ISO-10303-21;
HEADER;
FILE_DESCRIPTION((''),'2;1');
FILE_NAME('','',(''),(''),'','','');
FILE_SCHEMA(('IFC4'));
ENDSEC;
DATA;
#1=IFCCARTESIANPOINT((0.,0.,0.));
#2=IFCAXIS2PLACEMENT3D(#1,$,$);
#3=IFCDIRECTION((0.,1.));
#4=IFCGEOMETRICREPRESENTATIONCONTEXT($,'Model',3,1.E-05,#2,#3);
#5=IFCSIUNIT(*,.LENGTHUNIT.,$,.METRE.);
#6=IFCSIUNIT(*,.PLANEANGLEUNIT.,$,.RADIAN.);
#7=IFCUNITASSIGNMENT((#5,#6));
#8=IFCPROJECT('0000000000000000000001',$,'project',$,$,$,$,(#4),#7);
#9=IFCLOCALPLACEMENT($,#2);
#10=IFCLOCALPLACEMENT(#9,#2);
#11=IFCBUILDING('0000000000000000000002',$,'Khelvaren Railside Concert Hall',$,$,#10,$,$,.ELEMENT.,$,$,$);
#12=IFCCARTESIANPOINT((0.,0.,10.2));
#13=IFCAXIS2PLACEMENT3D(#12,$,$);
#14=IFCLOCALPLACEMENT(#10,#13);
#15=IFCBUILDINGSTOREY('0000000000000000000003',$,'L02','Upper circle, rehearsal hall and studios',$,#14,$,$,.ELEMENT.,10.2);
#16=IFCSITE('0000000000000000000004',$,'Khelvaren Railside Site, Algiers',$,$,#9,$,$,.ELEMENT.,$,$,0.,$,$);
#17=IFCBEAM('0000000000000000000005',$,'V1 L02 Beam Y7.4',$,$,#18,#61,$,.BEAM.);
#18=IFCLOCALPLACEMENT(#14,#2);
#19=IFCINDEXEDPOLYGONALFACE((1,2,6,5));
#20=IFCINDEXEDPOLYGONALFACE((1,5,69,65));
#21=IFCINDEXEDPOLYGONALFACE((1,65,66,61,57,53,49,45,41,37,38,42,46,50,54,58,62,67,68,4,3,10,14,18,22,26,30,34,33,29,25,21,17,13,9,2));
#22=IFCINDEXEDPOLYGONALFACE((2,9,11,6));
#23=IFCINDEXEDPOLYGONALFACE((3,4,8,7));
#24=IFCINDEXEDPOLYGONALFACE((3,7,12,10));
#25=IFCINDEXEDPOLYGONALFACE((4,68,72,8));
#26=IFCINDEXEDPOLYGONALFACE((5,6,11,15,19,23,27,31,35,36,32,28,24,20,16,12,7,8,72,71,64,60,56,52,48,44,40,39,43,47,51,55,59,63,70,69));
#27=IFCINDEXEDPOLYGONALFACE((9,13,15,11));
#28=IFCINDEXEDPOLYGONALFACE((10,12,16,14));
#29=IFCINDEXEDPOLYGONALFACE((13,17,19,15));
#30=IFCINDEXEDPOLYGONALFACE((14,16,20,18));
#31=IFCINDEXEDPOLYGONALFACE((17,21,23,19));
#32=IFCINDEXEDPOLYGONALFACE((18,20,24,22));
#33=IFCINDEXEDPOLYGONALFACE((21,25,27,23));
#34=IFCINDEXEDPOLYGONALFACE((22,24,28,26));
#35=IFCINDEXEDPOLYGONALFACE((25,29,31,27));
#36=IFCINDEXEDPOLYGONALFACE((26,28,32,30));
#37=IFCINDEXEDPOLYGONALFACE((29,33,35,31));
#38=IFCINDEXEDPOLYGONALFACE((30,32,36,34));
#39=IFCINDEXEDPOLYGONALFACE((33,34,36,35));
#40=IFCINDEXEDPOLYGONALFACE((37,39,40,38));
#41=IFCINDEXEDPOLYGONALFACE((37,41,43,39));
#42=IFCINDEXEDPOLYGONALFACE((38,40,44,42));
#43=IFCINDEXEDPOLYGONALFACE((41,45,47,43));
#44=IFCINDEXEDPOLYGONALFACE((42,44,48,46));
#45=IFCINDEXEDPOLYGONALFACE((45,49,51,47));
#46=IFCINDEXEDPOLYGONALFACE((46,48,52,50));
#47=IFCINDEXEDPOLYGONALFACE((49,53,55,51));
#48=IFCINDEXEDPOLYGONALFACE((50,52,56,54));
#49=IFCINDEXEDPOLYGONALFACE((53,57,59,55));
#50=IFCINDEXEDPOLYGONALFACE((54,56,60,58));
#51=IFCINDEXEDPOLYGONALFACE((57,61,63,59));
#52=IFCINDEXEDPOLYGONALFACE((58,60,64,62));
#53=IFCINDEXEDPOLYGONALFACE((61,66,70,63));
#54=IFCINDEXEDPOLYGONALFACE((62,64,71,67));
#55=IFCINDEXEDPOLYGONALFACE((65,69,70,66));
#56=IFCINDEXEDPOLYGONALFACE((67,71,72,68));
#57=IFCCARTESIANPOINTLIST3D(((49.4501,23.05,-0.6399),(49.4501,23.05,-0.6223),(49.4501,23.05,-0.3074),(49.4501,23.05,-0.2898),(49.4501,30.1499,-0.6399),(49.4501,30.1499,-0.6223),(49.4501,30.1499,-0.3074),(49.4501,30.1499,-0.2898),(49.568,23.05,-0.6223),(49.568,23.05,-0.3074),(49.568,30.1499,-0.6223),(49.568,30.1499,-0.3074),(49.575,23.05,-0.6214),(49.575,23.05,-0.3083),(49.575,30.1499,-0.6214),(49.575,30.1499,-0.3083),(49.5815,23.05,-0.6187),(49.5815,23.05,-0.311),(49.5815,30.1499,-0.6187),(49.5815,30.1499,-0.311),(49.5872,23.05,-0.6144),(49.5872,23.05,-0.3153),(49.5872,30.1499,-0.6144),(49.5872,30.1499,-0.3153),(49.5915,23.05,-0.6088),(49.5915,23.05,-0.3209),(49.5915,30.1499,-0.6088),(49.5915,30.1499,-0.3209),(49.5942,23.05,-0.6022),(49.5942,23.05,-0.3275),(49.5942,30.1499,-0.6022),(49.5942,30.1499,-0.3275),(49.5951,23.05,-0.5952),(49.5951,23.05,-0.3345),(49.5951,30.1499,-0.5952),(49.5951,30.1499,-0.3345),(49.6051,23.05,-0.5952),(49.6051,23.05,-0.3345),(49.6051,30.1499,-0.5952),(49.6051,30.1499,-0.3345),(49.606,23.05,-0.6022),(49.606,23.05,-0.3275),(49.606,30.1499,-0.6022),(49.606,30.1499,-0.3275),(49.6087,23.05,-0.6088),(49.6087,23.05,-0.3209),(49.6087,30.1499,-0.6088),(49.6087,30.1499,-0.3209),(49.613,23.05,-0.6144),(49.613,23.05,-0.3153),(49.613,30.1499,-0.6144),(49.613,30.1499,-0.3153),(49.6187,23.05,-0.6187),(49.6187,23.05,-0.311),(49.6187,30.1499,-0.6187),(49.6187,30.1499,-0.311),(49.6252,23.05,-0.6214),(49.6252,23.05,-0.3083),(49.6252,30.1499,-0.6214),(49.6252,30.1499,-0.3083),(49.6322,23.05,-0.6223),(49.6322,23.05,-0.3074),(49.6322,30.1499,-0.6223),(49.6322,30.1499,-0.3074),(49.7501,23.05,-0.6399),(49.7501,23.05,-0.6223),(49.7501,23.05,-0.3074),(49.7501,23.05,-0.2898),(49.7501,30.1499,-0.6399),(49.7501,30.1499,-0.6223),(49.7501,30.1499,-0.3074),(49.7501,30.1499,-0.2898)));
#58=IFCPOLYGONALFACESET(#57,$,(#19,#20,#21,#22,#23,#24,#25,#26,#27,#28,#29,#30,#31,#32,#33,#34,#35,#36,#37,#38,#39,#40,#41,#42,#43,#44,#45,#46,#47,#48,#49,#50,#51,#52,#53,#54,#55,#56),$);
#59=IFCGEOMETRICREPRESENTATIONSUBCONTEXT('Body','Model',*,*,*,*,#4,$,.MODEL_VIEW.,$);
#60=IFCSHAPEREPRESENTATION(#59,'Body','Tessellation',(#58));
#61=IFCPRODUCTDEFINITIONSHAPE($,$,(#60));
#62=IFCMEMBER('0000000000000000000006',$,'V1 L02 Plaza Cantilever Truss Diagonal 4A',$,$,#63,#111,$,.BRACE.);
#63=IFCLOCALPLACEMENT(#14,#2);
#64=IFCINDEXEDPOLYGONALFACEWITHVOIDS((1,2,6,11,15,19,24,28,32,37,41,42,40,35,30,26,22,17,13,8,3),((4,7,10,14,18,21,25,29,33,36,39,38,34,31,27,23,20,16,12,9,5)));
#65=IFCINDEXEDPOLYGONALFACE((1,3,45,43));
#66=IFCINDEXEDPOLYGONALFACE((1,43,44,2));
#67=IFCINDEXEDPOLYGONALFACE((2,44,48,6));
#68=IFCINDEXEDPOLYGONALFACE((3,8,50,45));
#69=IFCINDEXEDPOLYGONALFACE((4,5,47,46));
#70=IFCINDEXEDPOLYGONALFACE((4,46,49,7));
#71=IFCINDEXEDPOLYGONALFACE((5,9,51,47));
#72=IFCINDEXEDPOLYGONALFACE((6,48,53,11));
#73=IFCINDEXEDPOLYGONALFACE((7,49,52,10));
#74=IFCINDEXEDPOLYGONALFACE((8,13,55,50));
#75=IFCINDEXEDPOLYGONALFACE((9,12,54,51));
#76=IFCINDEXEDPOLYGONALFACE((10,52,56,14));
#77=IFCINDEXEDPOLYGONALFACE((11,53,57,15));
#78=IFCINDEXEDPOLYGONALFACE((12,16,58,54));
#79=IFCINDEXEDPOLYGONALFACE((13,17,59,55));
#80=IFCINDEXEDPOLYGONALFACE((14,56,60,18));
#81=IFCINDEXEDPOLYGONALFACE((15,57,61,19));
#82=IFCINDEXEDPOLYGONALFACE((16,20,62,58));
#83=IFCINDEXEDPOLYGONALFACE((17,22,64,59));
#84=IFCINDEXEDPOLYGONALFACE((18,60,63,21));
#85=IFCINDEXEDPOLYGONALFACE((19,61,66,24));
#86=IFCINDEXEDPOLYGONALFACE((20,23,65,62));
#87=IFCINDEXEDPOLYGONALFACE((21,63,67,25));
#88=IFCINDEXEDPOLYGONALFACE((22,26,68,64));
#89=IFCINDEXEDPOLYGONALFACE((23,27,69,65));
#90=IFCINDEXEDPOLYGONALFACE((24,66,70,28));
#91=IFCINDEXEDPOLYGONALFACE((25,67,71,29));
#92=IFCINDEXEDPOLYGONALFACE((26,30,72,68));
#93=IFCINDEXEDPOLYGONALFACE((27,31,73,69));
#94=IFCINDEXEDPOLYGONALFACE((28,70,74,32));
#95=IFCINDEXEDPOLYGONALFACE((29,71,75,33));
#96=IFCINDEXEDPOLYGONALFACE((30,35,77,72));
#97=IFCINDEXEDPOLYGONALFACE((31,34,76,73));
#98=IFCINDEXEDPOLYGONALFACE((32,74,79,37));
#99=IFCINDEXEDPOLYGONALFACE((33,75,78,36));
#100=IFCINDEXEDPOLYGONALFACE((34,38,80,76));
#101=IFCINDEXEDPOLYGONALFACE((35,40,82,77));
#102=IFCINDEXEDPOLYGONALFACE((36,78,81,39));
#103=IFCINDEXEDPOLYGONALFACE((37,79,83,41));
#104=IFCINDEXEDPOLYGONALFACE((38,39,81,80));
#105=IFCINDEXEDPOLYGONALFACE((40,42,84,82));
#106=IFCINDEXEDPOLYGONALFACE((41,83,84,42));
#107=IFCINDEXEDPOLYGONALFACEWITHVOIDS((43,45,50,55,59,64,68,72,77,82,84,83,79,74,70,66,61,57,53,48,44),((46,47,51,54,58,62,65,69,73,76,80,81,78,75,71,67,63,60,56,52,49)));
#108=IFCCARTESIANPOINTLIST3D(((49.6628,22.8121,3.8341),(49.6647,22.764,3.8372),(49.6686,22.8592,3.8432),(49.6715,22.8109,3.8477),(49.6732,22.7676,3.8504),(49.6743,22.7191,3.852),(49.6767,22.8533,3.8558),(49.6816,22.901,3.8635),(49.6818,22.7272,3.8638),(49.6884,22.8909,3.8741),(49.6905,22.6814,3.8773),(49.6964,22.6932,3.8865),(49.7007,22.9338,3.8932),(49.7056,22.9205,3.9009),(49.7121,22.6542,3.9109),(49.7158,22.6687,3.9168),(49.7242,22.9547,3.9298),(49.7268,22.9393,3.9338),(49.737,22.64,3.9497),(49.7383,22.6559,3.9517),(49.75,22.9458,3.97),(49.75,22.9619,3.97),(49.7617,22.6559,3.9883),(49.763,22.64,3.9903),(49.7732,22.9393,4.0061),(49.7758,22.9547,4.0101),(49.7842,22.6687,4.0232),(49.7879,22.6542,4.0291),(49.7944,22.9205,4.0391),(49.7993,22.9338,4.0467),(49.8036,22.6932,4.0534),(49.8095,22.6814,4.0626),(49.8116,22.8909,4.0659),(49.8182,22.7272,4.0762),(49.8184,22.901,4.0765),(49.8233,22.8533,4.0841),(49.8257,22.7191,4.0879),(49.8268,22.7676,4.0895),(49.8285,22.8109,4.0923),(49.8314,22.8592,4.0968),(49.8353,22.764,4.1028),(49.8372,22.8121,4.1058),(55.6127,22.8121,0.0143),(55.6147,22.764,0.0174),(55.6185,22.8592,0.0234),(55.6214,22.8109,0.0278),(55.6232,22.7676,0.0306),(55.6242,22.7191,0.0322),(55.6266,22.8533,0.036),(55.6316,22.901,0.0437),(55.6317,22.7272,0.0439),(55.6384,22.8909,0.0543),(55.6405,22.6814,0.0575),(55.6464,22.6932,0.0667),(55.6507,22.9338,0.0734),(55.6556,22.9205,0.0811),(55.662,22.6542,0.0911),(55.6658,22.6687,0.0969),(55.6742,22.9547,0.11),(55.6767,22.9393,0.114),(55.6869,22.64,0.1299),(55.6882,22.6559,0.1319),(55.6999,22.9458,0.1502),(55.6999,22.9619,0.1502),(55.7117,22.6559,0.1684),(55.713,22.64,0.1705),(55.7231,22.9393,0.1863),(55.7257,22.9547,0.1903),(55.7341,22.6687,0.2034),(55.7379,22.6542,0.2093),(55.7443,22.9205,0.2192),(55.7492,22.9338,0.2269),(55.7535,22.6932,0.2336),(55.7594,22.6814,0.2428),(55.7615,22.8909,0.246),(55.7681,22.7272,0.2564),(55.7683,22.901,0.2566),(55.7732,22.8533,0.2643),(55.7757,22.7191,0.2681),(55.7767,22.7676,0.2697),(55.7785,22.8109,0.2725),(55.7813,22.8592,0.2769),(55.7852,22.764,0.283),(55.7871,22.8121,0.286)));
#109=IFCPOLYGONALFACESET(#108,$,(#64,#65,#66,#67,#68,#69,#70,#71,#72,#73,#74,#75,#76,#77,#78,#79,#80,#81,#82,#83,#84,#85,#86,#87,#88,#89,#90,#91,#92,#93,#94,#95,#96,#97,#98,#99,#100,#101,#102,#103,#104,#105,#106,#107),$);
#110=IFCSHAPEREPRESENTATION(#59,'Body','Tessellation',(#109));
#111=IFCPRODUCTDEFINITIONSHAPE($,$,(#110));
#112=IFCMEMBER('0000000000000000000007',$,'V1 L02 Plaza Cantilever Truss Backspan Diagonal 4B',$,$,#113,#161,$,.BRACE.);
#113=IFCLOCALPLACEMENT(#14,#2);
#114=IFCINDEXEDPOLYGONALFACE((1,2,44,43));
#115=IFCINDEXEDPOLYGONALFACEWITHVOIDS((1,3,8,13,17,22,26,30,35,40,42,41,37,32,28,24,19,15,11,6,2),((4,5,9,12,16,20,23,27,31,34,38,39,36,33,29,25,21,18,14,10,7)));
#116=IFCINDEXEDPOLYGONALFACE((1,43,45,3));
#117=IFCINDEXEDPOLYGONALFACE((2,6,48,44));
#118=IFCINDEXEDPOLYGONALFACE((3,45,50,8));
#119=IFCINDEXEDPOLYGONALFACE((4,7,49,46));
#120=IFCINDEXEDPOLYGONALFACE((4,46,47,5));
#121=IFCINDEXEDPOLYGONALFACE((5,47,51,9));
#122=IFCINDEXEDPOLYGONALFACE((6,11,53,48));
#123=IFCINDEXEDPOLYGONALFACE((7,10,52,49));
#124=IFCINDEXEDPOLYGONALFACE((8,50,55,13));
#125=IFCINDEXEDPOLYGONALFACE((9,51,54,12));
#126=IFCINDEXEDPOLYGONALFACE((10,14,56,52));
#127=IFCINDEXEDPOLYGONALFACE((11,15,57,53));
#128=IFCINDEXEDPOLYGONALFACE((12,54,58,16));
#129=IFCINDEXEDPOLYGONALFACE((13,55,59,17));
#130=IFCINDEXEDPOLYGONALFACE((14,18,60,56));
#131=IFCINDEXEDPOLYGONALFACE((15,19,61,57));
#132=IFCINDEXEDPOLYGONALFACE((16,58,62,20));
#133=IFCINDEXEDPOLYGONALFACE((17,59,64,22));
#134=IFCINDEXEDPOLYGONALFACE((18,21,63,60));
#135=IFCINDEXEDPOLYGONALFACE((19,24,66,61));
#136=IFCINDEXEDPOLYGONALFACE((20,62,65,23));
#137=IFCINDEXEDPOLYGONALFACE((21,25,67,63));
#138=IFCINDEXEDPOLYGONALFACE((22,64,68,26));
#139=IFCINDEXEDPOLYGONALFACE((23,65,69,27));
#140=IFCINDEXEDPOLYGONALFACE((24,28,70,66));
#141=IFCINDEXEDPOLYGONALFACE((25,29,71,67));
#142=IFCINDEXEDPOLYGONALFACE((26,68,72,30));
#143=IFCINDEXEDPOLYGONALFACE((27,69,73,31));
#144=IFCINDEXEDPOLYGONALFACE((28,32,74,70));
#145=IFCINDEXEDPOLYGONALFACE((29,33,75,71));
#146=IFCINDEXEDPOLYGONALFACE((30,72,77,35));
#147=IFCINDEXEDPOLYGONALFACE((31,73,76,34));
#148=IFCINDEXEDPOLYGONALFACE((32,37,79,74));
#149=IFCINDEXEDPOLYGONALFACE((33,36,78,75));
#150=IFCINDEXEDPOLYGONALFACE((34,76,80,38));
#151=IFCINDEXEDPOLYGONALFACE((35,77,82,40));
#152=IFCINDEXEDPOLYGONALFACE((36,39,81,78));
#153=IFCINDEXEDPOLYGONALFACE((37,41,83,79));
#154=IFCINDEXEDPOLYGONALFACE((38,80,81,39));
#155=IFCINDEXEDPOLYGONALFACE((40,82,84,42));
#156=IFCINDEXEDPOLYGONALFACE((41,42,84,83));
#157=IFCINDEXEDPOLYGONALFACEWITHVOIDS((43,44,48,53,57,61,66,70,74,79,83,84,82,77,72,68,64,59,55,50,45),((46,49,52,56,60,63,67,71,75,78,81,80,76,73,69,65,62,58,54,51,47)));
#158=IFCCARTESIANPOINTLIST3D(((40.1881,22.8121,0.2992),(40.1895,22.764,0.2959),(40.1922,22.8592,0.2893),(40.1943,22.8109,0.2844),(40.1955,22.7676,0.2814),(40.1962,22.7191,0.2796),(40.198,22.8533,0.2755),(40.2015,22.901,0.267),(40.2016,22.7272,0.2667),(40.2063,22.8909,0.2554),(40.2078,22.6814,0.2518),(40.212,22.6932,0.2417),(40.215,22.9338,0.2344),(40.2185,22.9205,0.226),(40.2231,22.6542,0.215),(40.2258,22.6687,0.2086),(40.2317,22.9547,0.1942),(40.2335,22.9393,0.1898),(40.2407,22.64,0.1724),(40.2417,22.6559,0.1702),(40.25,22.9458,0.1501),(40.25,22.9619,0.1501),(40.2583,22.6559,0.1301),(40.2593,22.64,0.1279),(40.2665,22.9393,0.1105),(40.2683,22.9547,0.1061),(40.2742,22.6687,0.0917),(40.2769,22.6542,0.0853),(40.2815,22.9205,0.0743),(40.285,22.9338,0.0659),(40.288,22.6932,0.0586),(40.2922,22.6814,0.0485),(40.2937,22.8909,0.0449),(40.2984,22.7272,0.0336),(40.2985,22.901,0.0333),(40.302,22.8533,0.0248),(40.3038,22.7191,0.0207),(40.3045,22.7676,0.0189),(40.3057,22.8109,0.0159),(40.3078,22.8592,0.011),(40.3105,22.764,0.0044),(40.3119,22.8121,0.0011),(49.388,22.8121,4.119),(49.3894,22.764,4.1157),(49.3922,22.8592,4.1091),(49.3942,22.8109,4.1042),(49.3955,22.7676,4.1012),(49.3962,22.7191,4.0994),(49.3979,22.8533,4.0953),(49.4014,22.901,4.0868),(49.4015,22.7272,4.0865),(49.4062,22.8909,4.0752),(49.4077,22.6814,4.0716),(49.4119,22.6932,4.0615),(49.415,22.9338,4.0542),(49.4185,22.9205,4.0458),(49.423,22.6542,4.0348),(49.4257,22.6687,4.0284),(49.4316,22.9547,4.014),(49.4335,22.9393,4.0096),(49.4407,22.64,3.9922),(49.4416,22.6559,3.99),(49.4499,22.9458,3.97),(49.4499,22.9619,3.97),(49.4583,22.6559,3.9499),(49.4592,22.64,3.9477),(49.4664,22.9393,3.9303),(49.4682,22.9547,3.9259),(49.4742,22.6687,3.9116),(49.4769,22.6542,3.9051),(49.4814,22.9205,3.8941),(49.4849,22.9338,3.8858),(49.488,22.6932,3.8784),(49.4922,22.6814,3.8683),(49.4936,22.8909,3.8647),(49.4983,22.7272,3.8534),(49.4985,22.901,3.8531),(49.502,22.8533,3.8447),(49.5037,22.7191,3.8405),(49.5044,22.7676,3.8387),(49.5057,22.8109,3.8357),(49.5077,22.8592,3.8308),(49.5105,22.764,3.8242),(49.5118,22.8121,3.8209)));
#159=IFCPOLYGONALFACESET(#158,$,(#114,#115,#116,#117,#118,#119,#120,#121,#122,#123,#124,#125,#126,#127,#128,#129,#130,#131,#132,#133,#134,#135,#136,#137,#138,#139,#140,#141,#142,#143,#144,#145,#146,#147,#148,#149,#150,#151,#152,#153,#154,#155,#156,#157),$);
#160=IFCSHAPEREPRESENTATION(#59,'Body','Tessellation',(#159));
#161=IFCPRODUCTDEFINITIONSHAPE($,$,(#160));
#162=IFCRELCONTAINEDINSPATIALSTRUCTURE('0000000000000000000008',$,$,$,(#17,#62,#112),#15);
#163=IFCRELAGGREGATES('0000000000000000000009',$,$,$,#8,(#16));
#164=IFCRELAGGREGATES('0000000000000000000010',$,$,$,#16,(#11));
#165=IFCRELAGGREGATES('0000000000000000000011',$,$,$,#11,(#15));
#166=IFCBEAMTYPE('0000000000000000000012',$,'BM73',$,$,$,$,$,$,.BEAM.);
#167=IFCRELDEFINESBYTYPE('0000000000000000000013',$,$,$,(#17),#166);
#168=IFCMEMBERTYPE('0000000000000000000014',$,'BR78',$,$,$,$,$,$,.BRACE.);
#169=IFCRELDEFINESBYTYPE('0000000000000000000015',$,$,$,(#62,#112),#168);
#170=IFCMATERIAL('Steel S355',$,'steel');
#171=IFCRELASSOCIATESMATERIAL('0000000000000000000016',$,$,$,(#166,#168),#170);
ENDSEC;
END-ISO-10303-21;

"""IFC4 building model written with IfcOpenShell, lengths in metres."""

from ifc_helpers import new_model, si_unit, direction, frame, origin, origin_2d, place, context, subcontext, project, spatial, hollow_circle, i_section, extrude, material, material_profile, profile_set, type_object, element, save


model = new_model("IFC4")

# Units and contexts
model_context = context("Model", 3, precision=1e-05, world=origin(), true_north=direction((0.0, 1.0)))
body_context = subcontext(model_context, "Body", "Model", "MODEL_VIEW")
ifc_project = project(units=[si_unit("LENGTHUNIT", "METRE"), si_unit("PLANEANGLEUNIT", "RADIAN")], contexts=[model_context])

# Site, building, storey
site_placement = place(None, origin())
site = spatial("IfcSite", under=ifc_project, at=site_placement, Name="Khelvaren Railside Site, Algiers", CompositionType="ELEMENT", RefElevation=0.0)
building_placement = place(site_placement, origin())
building = spatial("IfcBuilding", under=site, at=building_placement, Name="Khelvaren Railside Concert Hall", CompositionType="ELEMENT")
storey_placement = place(building_placement, frame((0.0, 0.0, 10.2)))
storey = spatial("IfcBuildingStorey", under=building, at=storey_placement, Name="L02", Description="Upper circle, rehearsal hall and studios", CompositionType="ELEMENT", Elevation=10.2)

# Shared definitions
ifc_material_1 = material(Name="Steel S355", Category="steel")

# Beam
ifc_material_profile_1 = material_profile(ifc_material_1, i_section(OverallWidth=0.3, OverallDepth=0.3501, WebThickness=0.01, FlangeThickness=0.0176, FilletRadius=0.0271, at=origin_2d()), Name="HEA 360")
ifc_profile_set_1 = profile_set([ifc_material_profile_1], Name="Steel S355")
beam_type_1 = type_object("IfcBeamType", Name="BM73", PredefinedType="BEAM", material=ifc_profile_set_1)
beam_1_placement = place(storey_placement, frame((49.6001, 23.05, -0.4648), z_axis=(0.0, 1.0, 0.0), x_axis=(-1.0, 0.0, 0.0)))
element("IfcBeam", 1, at=beam_1_placement, inside=storey, type_object=beam_type_1, Name="V1 L02 Beam Y7.4", PredefinedType="BEAM", context=body_context, shape_type="SweptSolid", body=[
    extrude(i_section(OverallWidth=0.3, OverallDepth=0.3501, WebThickness=0.01, FlangeThickness=0.0176, FilletRadius=0.0271, at=origin_2d()), origin(), (0.0, 0.0, 1.0), 7.0999),
])

# Members
ifc_material_profile_2 = material_profile(ifc_material_1, hollow_circle(Radius=0.1619, WallThickness=0.0161, at=origin_2d()), Name="CHS 323.9x16")
ifc_profile_set_2 = profile_set([ifc_material_profile_2], Name="Steel S355")
member_type = type_object("IfcMemberType", Name="BR78", PredefinedType="BRACE", material=ifc_profile_set_2)
member_1_placement = place(storey_placement, frame((49.75, 22.8, 3.97), z_axis=(0.841509, 0.0, -0.540243), x_axis=(0.0, 1.0, 0.0)))
element("IfcMember", 2, at=member_1_placement, inside=storey, type_object=member_type, Name="V1 L02 Plaza Cantilever Truss Diagonal 4A", PredefinedType="BRACE", context=body_context, shape_type="SweptSolid", body=[
    extrude(hollow_circle(Radius=0.1619, WallThickness=0.0161, at=origin_2d()), origin(), (0.0, 0.0, 1.0), 7.0706),
])
member_2_placement = place(storey_placement, frame((40.25, 22.8, 0.1501), z_axis=(0.923557, 0.0, 0.383461), x_axis=(0.0, 1.0, 0.0)))
element("IfcMember", 3, at=member_2_placement, inside=storey, type_object=member_type, Name="V1 L02 Plaza Cantilever Truss Backspan Diagonal 4B", PredefinedType="BRACE", context=body_context, shape_type="SweptSolid", body=[
    extrude(hollow_circle(Radius=0.1619, WallThickness=0.0161, at=origin_2d()), origin(), (0.0, 0.0, 1.0), 9.9614),
])

save(model, "model.ifc")
